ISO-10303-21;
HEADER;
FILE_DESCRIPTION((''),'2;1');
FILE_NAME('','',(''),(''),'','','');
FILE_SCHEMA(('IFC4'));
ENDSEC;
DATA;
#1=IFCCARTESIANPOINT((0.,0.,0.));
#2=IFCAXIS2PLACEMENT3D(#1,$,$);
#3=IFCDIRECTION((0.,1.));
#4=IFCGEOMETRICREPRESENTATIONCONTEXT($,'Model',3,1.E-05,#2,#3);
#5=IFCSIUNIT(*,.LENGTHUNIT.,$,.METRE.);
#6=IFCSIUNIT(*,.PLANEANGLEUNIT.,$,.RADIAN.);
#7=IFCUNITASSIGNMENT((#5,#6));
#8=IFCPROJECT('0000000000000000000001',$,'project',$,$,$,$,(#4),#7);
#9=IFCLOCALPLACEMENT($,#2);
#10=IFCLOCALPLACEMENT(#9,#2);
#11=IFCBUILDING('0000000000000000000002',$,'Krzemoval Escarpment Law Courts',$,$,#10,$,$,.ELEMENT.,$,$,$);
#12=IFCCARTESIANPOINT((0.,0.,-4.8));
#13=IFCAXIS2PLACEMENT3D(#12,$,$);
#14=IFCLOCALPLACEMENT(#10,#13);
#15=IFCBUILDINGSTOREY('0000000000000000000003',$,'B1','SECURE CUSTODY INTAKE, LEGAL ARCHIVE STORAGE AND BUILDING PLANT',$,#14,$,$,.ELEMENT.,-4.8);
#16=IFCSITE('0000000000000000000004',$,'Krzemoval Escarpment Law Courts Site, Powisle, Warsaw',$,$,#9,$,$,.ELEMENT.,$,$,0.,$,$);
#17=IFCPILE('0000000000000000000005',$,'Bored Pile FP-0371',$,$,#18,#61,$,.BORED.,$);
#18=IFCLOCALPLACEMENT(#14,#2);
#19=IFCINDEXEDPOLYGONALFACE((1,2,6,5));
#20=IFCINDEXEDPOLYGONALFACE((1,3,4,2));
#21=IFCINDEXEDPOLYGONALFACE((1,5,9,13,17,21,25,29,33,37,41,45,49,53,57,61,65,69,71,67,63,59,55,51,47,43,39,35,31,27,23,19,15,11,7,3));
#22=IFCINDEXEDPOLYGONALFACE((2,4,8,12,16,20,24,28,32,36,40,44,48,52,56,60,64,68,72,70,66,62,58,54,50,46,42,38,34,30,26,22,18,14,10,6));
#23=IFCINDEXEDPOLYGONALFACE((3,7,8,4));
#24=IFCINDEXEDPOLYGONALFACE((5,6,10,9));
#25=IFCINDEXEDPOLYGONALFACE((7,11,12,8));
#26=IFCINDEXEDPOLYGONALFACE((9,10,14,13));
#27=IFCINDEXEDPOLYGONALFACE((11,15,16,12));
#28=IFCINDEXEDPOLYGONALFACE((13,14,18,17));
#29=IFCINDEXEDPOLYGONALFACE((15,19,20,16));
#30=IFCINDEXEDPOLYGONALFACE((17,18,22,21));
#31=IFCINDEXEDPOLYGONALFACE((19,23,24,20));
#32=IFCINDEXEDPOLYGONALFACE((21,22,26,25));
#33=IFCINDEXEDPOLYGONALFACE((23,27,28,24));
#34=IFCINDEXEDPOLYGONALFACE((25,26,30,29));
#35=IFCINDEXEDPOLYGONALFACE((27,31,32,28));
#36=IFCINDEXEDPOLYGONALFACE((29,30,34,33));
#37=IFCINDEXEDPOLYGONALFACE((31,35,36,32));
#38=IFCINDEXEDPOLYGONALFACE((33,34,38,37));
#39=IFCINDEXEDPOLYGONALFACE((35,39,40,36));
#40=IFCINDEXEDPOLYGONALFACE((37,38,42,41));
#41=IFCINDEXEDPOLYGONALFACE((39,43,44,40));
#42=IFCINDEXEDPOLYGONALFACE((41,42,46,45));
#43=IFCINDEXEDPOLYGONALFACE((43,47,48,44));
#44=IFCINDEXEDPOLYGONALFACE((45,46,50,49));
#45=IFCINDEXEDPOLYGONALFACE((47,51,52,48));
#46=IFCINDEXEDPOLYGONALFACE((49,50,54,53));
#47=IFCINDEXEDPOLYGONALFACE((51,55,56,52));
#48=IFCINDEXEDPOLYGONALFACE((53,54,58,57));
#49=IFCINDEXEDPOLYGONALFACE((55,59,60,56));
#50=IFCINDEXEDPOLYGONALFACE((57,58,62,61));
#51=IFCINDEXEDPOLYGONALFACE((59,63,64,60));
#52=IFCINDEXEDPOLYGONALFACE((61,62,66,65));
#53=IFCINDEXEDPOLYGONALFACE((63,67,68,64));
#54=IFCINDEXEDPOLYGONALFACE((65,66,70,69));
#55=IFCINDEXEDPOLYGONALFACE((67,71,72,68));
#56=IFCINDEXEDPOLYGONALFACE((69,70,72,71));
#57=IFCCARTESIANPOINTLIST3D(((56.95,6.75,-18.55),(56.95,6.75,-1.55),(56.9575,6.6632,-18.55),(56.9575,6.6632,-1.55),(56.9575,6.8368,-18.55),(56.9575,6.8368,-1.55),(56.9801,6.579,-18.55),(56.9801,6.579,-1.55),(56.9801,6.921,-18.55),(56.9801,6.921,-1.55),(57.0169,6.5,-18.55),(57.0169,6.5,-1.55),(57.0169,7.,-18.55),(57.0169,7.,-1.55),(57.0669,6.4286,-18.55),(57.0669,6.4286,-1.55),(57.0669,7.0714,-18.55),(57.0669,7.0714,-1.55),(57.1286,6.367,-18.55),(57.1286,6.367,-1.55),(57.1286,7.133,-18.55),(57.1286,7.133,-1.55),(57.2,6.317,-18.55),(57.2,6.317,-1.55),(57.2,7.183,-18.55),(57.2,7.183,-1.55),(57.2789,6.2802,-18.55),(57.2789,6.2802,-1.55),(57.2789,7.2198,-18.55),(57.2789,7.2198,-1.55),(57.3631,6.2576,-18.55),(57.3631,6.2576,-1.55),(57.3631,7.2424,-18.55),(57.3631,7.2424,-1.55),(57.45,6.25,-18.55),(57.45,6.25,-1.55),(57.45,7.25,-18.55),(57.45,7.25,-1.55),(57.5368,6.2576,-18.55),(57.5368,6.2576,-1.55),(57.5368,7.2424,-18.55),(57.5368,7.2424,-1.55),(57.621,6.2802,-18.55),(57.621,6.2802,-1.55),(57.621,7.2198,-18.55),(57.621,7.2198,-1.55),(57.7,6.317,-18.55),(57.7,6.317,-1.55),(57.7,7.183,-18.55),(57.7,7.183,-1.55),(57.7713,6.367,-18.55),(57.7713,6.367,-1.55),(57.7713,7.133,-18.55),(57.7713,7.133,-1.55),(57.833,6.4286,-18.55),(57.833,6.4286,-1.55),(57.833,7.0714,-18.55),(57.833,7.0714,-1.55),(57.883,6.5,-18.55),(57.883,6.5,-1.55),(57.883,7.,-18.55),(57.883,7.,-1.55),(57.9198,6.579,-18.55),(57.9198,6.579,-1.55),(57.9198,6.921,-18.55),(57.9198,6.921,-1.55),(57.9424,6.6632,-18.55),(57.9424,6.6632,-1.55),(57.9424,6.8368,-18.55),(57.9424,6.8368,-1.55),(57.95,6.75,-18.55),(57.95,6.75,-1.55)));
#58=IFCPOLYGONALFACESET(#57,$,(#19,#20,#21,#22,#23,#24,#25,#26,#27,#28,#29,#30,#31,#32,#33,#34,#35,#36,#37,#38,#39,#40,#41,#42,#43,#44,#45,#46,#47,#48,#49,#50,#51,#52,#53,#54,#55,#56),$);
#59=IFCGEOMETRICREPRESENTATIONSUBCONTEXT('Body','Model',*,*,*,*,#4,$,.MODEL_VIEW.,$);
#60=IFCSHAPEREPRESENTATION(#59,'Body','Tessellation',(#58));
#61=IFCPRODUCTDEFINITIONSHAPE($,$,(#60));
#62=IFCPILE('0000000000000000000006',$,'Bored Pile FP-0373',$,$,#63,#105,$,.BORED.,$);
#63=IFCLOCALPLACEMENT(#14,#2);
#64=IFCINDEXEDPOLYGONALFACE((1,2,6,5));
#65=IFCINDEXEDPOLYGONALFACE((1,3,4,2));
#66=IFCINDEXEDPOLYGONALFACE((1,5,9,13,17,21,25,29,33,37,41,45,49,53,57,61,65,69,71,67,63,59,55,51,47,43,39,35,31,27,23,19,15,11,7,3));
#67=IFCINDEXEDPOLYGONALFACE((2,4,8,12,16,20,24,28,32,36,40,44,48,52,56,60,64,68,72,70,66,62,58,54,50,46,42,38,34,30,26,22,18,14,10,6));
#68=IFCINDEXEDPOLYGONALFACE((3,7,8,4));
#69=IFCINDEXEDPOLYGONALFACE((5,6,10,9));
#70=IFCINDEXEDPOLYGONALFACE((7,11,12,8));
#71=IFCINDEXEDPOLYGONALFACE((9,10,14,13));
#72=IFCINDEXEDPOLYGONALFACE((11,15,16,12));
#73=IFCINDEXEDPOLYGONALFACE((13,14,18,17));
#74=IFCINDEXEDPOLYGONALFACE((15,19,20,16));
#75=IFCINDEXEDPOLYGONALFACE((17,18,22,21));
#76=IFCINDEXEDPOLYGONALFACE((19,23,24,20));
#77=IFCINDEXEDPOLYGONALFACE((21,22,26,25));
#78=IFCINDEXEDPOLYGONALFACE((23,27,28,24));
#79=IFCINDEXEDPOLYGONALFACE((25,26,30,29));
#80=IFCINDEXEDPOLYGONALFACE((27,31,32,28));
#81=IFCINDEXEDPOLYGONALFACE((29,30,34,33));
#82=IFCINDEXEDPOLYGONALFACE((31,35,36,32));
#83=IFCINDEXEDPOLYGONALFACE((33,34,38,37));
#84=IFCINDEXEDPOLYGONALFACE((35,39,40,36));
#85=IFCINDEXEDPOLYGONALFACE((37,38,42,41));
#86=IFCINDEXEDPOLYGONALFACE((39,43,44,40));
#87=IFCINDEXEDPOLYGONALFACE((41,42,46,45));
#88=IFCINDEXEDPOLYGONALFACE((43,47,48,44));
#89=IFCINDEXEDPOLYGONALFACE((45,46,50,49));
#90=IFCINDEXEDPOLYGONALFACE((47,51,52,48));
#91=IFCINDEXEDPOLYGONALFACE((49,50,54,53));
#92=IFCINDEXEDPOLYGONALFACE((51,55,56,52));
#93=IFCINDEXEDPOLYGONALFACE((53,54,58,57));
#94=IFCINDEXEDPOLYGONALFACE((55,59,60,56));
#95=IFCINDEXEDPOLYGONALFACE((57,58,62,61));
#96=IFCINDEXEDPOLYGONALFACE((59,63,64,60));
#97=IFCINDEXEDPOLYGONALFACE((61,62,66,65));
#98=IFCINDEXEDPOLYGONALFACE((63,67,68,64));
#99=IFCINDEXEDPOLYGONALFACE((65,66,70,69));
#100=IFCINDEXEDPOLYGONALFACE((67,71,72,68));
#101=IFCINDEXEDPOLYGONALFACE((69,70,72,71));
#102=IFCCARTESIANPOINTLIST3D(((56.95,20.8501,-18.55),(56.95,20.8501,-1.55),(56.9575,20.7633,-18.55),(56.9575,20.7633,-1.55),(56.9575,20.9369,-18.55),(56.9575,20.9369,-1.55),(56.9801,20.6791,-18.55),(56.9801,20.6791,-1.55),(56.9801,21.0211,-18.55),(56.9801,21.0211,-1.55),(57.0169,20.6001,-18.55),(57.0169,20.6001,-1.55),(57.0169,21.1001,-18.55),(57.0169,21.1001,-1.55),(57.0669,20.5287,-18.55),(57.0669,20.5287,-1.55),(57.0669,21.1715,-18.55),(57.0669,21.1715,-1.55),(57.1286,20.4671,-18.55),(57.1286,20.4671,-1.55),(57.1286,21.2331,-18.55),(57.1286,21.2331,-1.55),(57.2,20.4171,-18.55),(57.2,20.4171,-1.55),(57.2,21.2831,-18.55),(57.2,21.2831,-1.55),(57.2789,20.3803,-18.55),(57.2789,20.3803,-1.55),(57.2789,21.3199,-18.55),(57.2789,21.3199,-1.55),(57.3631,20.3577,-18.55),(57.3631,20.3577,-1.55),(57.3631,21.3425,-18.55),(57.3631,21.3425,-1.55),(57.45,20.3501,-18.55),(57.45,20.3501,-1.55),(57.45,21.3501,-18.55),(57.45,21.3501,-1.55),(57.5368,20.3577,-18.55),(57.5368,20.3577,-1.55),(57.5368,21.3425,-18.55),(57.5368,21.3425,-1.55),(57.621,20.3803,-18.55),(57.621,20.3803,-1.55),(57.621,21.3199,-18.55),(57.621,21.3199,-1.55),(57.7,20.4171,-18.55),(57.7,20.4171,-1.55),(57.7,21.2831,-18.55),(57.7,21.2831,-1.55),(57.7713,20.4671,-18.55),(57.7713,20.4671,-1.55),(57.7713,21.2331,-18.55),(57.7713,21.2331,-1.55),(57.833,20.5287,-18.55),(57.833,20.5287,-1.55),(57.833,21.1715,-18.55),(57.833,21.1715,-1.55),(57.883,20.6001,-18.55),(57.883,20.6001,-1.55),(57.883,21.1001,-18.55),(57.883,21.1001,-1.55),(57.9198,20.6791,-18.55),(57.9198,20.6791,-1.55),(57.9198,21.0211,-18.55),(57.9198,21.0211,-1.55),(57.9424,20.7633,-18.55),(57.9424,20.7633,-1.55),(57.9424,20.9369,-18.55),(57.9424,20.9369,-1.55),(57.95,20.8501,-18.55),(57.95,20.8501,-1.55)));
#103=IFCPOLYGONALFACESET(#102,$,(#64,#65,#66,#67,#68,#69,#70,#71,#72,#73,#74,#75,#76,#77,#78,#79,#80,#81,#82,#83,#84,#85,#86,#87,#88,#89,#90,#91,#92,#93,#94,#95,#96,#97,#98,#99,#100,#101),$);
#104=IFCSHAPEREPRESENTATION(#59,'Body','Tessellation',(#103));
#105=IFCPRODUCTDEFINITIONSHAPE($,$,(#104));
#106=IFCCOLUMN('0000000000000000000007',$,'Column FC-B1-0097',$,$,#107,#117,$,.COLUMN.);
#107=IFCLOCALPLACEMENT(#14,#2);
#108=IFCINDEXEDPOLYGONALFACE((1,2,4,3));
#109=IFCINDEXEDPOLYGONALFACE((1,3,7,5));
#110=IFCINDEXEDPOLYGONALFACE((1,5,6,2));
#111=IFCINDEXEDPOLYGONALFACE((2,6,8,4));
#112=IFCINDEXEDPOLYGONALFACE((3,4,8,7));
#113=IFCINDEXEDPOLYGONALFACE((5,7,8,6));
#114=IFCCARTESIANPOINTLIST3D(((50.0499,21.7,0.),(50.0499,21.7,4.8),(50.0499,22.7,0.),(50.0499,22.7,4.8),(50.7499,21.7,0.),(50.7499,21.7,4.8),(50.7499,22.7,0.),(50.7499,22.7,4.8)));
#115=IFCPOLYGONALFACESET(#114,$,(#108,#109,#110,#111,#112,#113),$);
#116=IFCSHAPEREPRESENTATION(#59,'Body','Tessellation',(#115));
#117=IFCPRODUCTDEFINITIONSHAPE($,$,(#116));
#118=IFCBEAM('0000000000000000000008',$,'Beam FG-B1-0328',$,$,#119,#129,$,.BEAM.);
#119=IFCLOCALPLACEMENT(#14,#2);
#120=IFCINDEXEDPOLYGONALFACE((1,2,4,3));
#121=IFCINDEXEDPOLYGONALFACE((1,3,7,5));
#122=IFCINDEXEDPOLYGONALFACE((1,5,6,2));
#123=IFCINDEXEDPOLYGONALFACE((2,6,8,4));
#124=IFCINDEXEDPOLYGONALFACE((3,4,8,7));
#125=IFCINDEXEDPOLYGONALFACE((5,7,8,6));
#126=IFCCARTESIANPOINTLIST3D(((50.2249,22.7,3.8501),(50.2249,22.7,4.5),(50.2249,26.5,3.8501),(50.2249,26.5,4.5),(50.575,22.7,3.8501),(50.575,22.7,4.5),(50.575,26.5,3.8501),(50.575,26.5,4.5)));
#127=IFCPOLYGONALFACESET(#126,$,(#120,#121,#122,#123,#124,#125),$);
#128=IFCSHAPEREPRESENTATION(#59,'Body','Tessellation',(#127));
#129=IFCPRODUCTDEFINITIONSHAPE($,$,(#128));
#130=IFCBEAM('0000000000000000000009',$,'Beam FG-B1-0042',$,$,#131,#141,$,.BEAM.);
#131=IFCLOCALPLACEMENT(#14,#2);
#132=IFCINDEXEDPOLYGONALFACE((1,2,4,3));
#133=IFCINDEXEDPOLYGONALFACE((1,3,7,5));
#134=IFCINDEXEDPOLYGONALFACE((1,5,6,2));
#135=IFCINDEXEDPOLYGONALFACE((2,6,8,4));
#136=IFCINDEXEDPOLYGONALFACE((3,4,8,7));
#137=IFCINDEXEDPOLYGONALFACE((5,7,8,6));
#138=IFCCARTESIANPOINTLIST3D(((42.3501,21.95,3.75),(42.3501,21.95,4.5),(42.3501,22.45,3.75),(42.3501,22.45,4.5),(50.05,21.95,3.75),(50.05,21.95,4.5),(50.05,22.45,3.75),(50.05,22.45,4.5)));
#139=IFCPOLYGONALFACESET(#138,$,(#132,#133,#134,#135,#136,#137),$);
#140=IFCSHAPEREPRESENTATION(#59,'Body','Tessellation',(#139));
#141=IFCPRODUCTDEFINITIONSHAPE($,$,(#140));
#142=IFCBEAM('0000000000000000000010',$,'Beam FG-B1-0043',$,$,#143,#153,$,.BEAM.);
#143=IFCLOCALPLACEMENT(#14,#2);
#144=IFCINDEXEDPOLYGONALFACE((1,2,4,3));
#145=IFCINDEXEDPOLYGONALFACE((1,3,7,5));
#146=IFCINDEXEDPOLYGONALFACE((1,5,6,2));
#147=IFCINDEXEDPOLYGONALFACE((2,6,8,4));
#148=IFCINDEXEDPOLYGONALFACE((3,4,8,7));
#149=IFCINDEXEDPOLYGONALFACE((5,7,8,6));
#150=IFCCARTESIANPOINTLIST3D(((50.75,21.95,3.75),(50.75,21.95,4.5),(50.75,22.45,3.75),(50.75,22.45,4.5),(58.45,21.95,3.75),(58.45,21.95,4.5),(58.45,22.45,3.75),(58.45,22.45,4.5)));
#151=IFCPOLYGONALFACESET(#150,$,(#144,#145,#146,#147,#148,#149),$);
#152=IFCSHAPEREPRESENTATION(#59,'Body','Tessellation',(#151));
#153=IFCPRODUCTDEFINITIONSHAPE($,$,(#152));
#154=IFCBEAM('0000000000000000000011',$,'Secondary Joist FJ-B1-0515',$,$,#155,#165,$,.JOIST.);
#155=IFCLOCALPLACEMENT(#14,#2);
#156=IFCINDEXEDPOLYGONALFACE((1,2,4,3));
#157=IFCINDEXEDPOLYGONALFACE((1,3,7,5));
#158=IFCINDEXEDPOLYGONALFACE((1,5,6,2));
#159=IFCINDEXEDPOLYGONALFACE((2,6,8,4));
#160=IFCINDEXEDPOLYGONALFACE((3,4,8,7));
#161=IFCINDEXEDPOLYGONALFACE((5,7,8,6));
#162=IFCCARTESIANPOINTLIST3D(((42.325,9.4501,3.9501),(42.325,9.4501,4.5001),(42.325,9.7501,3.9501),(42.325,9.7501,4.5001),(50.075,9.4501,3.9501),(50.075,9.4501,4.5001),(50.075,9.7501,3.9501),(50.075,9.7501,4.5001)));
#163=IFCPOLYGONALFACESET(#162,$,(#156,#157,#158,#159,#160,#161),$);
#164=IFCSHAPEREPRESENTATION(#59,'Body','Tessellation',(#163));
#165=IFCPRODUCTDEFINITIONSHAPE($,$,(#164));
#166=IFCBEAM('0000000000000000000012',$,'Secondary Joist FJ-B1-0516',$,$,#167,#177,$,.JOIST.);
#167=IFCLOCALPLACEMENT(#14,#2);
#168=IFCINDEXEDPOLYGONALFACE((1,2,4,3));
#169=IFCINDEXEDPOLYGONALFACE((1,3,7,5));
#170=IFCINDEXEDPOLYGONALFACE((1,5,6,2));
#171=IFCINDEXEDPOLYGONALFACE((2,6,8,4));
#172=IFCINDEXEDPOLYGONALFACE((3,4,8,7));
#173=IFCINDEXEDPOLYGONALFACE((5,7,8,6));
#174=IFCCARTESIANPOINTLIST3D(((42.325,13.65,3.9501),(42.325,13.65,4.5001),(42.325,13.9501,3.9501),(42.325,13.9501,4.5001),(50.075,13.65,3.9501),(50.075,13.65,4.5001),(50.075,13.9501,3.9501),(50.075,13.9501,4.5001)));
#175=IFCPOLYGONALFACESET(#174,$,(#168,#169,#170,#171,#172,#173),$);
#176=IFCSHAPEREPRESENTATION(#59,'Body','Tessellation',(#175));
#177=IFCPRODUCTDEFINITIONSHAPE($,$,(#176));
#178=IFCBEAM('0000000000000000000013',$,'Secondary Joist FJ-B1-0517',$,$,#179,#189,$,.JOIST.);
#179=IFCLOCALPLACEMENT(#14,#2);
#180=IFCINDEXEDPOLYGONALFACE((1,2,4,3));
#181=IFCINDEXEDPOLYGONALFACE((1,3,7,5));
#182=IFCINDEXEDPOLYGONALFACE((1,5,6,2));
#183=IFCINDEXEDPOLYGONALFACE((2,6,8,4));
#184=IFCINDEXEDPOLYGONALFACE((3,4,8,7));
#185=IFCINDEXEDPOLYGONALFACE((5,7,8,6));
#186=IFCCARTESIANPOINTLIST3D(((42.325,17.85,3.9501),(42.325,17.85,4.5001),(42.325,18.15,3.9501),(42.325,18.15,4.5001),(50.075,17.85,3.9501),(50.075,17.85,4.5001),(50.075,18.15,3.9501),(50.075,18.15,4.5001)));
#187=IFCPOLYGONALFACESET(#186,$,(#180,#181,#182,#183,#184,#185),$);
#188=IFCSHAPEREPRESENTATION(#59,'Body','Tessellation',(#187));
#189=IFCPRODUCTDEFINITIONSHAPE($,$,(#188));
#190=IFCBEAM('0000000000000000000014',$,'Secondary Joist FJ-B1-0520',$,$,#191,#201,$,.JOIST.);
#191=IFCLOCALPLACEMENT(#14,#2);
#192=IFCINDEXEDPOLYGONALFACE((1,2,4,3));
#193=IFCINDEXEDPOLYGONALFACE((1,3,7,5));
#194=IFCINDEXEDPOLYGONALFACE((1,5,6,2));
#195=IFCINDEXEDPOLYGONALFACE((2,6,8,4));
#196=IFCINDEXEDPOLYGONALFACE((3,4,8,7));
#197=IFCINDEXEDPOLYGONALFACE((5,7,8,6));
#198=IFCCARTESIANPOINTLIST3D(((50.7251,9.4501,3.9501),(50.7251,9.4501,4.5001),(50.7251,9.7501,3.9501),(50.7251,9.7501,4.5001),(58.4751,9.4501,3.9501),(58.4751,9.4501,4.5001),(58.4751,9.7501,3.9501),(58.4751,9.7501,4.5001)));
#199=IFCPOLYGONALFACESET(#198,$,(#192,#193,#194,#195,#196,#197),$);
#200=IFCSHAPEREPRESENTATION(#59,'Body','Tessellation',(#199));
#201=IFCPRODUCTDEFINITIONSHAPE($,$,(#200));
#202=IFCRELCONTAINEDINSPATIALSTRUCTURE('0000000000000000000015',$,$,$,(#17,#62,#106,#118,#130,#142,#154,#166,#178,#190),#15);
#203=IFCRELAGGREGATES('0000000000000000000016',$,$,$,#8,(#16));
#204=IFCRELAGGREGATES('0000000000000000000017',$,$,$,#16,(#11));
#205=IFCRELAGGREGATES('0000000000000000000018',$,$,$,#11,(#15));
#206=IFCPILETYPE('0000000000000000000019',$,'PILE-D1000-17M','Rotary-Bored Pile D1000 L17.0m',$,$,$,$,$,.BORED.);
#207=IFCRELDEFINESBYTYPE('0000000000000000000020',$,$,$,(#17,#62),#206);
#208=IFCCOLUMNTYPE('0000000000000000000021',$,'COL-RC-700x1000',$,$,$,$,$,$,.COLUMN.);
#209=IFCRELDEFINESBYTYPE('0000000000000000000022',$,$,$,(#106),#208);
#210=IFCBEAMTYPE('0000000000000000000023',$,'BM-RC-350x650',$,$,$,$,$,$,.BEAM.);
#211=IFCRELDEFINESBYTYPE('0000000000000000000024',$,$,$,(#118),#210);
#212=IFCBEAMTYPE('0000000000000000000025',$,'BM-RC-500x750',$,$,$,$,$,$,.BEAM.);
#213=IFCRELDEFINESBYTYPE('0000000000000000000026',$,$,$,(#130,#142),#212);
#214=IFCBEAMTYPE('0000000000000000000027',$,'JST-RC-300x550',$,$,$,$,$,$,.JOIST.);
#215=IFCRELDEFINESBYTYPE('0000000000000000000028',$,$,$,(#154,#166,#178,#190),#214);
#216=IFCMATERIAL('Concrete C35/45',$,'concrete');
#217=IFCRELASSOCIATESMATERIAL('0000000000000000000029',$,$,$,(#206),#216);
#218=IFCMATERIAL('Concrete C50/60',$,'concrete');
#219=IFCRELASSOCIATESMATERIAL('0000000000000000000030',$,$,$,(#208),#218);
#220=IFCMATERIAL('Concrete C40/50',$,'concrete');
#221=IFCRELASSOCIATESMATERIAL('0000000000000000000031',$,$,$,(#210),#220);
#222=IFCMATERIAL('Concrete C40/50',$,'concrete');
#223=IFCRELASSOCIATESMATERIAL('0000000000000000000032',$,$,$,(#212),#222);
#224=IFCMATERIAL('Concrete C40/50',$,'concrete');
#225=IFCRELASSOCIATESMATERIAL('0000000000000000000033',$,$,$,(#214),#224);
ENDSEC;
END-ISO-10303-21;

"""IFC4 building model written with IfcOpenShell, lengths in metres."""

from ifc_helpers import new_model, si_unit, direction, frame, origin, origin_2d, place, context, subcontext, project, spatial, rectangle, circle, extrude, material, material_profile, profile_set, type_object, element, save


model = new_model("IFC4")

# Units and contexts
model_context = context("Model", 3, precision=1e-05, world=origin(), true_north=direction((0.0, 1.0)))
body_context = subcontext(model_context, "Body", "Model", "MODEL_VIEW")
ifc_project = project(units=[si_unit("LENGTHUNIT", "METRE"), si_unit("PLANEANGLEUNIT", "RADIAN")], contexts=[model_context])

# Site, building, storey
site_placement = place(None, origin())
site = spatial("IfcSite", under=ifc_project, at=site_placement, Name="Krzemoval Escarpment Law Courts Site, Powisle, Warsaw", CompositionType="ELEMENT", RefElevation=0.0)
building_placement = place(site_placement, origin())
building = spatial("IfcBuilding", under=site, at=building_placement, Name="Krzemoval Escarpment Law Courts", CompositionType="ELEMENT")
storey_placement = place(building_placement, frame((0.0, 0.0, -4.8)))
storey = spatial("IfcBuildingStorey", under=building, at=storey_placement, Name="B1", Description="SECURE CUSTODY INTAKE, LEGAL ARCHIVE STORAGE AND BUILDING PLANT", CompositionType="ELEMENT", Elevation=-4.8)

# Piles
ifc_material_1 = material(Name="Concrete C35/45", Category="concrete")
ifc_material_profile_1 = material_profile(ifc_material_1, circle(Radius=0.5, at=origin_2d()), Name="PILE D1000")
ifc_profile_set_1 = profile_set([ifc_material_profile_1], Name="Concrete C35/45")
pile_type = type_object("IfcPileType", Name="PILE-D1000-17M", Description="Rotary-Bored Pile D1000 L17.0m", PredefinedType="BORED", material=ifc_profile_set_1)
for number, where, z_axis, x_axis, name in (
    (1, (57.45, 6.75, -1.55), (0.0, 0.0, -1.0), (1.0, 0.0, 0.0), "Bored Pile FP-0371"),
    (2, (57.45, 20.8501, -1.55), (0.0, 0.0, -1.0), (1.0, 0.0, 0.0), "Bored Pile FP-0373"),
):
    element("IfcPile", number, at=place(storey_placement, frame(where, z_axis=z_axis, x_axis=x_axis)), inside=storey, type_object=pile_type, Name=name, PredefinedType="BORED", context=body_context, shape_type="SweptSolid", body=[
        extrude(circle(Radius=0.5, at=origin_2d()), origin(), (0.0, 0.0, 1.0), 17.0),
    ])

# Column
ifc_material_2 = material(Name="Concrete C50/60", Category="concrete")
ifc_material_profile_2 = material_profile(ifc_material_2, rectangle(XDim=0.7, YDim=1.0, at=origin_2d()), Name="RC 700x1000")
ifc_profile_set_2 = profile_set([ifc_material_profile_2], Name="Concrete C50/60")
column_type = type_object("IfcColumnType", Name="COL-RC-700x1000", PredefinedType="COLUMN", material=ifc_profile_set_2)
column_placement = place(storey_placement, frame((50.3999, 22.2, 0.0), z_axis=(0.0, 0.0, 1.0), x_axis=(1.0, 0.0, 0.0)))
element("IfcColumn", 3, at=column_placement, inside=storey, type_object=column_type, Name="Column FC-B1-0097", PredefinedType="COLUMN", context=body_context, shape_type="SweptSolid", body=[
    extrude(rectangle(XDim=0.7, YDim=1.0, at=origin_2d()), origin(), (0.0, 0.0, 1.0), 4.8),
])

# Beams
ifc_material_3 = material(Name="Concrete C40/50", Category="concrete")
ifc_material_profile_3 = material_profile(ifc_material_3, rectangle(XDim=0.3501, YDim=0.6499, at=origin_2d()), Name="RCB 350x650")
ifc_profile_set_3 = profile_set([ifc_material_profile_3], Name="Concrete C40/50")
beam_type_1 = type_object("IfcBeamType", Name="BM-RC-350x650", PredefinedType="BEAM", material=ifc_profile_set_3)
beam_placement = place(storey_placement, frame((50.3999, 22.7, 4.175), z_axis=(0.0, 1.0, 0.0), x_axis=(-1.0, 0.0, 0.0)))
element("IfcBeam", 4, at=beam_placement, inside=storey, type_object=beam_type_1, Name="Beam FG-B1-0328", PredefinedType="BEAM", context=body_context, shape_type="SweptSolid", body=[
    extrude(rectangle(XDim=0.3501, YDim=0.6499, at=origin_2d()), origin(), (0.0, 0.0, 1.0), 3.8),
])
ifc_material_4 = material(Name="Concrete C40/50", Category="concrete")
ifc_material_profile_4 = material_profile(ifc_material_4, rectangle(XDim=0.5, YDim=0.75, at=origin_2d()), Name="RCB 500x750")
ifc_profile_set_4 = profile_set([ifc_material_profile_4], Name="Concrete C40/50")
beam_type_2 = type_object("IfcBeamType", Name="BM-RC-500x750", PredefinedType="BEAM", material=ifc_profile_set_4)
for number, where, z_axis, x_axis, name in (
    (5, (42.3501, 22.2, 4.125), (1.0, 0.0, 0.0), (0.0, 1.0, 0.0), "Beam FG-B1-0042"),
    (6, (50.75, 22.2, 4.125), (1.0, 0.0, 0.0), (0.0, 1.0, 0.0), "Beam FG-B1-0043"),
):
    element("IfcBeam", number, at=place(storey_placement, frame(where, z_axis=z_axis, x_axis=x_axis)), inside=storey, type_object=beam_type_2, Name=name, PredefinedType="BEAM", context=body_context, shape_type="SweptSolid", body=[
        extrude(rectangle(XDim=0.5, YDim=0.75, at=origin_2d()), origin(), (0.0, 0.0, 1.0), 7.7),
    ])
ifc_material_5 = material(Name="Concrete C40/50", Category="concrete")
ifc_material_profile_5 = material_profile(ifc_material_5, rectangle(XDim=0.3, YDim=0.55, at=origin_2d()), Name="RCB 300x550")
ifc_profile_set_5 = profile_set([ifc_material_profile_5], Name="Concrete C40/50")
beam_type_3 = type_object("IfcBeamType", Name="JST-RC-300x550", PredefinedType="JOIST", material=ifc_profile_set_5)
for number, where, z_axis, x_axis, name in (
    (7, (42.325, 9.6001, 4.2251), (1.0, 0.0, 0.0), (0.0, 1.0, 0.0), "Secondary Joist FJ-B1-0515"),
    (8, (42.325, 13.8, 4.2251), (1.0, 0.0, 0.0), (0.0, 1.0, 0.0), "Secondary Joist FJ-B1-0516"),
    (9, (42.325, 18.0, 4.2251), (1.0, 0.0, 0.0), (0.0, 1.0, 0.0), "Secondary Joist FJ-B1-0517"),
    (10, (50.7251, 9.6001, 4.2251), (1.0, 0.0, 0.0), (0.0, 1.0, 0.0), "Secondary Joist FJ-B1-0520"),
):
    element("IfcBeam", number, at=place(storey_placement, frame(where, z_axis=z_axis, x_axis=x_axis)), inside=storey, type_object=beam_type_3, Name=name, PredefinedType="JOIST", context=body_context, shape_type="SweptSolid", body=[
        extrude(rectangle(XDim=0.3, YDim=0.55, at=origin_2d()), origin(), (0.0, 0.0, 1.0), 7.75),
    ])

save(model, "model.ifc")
